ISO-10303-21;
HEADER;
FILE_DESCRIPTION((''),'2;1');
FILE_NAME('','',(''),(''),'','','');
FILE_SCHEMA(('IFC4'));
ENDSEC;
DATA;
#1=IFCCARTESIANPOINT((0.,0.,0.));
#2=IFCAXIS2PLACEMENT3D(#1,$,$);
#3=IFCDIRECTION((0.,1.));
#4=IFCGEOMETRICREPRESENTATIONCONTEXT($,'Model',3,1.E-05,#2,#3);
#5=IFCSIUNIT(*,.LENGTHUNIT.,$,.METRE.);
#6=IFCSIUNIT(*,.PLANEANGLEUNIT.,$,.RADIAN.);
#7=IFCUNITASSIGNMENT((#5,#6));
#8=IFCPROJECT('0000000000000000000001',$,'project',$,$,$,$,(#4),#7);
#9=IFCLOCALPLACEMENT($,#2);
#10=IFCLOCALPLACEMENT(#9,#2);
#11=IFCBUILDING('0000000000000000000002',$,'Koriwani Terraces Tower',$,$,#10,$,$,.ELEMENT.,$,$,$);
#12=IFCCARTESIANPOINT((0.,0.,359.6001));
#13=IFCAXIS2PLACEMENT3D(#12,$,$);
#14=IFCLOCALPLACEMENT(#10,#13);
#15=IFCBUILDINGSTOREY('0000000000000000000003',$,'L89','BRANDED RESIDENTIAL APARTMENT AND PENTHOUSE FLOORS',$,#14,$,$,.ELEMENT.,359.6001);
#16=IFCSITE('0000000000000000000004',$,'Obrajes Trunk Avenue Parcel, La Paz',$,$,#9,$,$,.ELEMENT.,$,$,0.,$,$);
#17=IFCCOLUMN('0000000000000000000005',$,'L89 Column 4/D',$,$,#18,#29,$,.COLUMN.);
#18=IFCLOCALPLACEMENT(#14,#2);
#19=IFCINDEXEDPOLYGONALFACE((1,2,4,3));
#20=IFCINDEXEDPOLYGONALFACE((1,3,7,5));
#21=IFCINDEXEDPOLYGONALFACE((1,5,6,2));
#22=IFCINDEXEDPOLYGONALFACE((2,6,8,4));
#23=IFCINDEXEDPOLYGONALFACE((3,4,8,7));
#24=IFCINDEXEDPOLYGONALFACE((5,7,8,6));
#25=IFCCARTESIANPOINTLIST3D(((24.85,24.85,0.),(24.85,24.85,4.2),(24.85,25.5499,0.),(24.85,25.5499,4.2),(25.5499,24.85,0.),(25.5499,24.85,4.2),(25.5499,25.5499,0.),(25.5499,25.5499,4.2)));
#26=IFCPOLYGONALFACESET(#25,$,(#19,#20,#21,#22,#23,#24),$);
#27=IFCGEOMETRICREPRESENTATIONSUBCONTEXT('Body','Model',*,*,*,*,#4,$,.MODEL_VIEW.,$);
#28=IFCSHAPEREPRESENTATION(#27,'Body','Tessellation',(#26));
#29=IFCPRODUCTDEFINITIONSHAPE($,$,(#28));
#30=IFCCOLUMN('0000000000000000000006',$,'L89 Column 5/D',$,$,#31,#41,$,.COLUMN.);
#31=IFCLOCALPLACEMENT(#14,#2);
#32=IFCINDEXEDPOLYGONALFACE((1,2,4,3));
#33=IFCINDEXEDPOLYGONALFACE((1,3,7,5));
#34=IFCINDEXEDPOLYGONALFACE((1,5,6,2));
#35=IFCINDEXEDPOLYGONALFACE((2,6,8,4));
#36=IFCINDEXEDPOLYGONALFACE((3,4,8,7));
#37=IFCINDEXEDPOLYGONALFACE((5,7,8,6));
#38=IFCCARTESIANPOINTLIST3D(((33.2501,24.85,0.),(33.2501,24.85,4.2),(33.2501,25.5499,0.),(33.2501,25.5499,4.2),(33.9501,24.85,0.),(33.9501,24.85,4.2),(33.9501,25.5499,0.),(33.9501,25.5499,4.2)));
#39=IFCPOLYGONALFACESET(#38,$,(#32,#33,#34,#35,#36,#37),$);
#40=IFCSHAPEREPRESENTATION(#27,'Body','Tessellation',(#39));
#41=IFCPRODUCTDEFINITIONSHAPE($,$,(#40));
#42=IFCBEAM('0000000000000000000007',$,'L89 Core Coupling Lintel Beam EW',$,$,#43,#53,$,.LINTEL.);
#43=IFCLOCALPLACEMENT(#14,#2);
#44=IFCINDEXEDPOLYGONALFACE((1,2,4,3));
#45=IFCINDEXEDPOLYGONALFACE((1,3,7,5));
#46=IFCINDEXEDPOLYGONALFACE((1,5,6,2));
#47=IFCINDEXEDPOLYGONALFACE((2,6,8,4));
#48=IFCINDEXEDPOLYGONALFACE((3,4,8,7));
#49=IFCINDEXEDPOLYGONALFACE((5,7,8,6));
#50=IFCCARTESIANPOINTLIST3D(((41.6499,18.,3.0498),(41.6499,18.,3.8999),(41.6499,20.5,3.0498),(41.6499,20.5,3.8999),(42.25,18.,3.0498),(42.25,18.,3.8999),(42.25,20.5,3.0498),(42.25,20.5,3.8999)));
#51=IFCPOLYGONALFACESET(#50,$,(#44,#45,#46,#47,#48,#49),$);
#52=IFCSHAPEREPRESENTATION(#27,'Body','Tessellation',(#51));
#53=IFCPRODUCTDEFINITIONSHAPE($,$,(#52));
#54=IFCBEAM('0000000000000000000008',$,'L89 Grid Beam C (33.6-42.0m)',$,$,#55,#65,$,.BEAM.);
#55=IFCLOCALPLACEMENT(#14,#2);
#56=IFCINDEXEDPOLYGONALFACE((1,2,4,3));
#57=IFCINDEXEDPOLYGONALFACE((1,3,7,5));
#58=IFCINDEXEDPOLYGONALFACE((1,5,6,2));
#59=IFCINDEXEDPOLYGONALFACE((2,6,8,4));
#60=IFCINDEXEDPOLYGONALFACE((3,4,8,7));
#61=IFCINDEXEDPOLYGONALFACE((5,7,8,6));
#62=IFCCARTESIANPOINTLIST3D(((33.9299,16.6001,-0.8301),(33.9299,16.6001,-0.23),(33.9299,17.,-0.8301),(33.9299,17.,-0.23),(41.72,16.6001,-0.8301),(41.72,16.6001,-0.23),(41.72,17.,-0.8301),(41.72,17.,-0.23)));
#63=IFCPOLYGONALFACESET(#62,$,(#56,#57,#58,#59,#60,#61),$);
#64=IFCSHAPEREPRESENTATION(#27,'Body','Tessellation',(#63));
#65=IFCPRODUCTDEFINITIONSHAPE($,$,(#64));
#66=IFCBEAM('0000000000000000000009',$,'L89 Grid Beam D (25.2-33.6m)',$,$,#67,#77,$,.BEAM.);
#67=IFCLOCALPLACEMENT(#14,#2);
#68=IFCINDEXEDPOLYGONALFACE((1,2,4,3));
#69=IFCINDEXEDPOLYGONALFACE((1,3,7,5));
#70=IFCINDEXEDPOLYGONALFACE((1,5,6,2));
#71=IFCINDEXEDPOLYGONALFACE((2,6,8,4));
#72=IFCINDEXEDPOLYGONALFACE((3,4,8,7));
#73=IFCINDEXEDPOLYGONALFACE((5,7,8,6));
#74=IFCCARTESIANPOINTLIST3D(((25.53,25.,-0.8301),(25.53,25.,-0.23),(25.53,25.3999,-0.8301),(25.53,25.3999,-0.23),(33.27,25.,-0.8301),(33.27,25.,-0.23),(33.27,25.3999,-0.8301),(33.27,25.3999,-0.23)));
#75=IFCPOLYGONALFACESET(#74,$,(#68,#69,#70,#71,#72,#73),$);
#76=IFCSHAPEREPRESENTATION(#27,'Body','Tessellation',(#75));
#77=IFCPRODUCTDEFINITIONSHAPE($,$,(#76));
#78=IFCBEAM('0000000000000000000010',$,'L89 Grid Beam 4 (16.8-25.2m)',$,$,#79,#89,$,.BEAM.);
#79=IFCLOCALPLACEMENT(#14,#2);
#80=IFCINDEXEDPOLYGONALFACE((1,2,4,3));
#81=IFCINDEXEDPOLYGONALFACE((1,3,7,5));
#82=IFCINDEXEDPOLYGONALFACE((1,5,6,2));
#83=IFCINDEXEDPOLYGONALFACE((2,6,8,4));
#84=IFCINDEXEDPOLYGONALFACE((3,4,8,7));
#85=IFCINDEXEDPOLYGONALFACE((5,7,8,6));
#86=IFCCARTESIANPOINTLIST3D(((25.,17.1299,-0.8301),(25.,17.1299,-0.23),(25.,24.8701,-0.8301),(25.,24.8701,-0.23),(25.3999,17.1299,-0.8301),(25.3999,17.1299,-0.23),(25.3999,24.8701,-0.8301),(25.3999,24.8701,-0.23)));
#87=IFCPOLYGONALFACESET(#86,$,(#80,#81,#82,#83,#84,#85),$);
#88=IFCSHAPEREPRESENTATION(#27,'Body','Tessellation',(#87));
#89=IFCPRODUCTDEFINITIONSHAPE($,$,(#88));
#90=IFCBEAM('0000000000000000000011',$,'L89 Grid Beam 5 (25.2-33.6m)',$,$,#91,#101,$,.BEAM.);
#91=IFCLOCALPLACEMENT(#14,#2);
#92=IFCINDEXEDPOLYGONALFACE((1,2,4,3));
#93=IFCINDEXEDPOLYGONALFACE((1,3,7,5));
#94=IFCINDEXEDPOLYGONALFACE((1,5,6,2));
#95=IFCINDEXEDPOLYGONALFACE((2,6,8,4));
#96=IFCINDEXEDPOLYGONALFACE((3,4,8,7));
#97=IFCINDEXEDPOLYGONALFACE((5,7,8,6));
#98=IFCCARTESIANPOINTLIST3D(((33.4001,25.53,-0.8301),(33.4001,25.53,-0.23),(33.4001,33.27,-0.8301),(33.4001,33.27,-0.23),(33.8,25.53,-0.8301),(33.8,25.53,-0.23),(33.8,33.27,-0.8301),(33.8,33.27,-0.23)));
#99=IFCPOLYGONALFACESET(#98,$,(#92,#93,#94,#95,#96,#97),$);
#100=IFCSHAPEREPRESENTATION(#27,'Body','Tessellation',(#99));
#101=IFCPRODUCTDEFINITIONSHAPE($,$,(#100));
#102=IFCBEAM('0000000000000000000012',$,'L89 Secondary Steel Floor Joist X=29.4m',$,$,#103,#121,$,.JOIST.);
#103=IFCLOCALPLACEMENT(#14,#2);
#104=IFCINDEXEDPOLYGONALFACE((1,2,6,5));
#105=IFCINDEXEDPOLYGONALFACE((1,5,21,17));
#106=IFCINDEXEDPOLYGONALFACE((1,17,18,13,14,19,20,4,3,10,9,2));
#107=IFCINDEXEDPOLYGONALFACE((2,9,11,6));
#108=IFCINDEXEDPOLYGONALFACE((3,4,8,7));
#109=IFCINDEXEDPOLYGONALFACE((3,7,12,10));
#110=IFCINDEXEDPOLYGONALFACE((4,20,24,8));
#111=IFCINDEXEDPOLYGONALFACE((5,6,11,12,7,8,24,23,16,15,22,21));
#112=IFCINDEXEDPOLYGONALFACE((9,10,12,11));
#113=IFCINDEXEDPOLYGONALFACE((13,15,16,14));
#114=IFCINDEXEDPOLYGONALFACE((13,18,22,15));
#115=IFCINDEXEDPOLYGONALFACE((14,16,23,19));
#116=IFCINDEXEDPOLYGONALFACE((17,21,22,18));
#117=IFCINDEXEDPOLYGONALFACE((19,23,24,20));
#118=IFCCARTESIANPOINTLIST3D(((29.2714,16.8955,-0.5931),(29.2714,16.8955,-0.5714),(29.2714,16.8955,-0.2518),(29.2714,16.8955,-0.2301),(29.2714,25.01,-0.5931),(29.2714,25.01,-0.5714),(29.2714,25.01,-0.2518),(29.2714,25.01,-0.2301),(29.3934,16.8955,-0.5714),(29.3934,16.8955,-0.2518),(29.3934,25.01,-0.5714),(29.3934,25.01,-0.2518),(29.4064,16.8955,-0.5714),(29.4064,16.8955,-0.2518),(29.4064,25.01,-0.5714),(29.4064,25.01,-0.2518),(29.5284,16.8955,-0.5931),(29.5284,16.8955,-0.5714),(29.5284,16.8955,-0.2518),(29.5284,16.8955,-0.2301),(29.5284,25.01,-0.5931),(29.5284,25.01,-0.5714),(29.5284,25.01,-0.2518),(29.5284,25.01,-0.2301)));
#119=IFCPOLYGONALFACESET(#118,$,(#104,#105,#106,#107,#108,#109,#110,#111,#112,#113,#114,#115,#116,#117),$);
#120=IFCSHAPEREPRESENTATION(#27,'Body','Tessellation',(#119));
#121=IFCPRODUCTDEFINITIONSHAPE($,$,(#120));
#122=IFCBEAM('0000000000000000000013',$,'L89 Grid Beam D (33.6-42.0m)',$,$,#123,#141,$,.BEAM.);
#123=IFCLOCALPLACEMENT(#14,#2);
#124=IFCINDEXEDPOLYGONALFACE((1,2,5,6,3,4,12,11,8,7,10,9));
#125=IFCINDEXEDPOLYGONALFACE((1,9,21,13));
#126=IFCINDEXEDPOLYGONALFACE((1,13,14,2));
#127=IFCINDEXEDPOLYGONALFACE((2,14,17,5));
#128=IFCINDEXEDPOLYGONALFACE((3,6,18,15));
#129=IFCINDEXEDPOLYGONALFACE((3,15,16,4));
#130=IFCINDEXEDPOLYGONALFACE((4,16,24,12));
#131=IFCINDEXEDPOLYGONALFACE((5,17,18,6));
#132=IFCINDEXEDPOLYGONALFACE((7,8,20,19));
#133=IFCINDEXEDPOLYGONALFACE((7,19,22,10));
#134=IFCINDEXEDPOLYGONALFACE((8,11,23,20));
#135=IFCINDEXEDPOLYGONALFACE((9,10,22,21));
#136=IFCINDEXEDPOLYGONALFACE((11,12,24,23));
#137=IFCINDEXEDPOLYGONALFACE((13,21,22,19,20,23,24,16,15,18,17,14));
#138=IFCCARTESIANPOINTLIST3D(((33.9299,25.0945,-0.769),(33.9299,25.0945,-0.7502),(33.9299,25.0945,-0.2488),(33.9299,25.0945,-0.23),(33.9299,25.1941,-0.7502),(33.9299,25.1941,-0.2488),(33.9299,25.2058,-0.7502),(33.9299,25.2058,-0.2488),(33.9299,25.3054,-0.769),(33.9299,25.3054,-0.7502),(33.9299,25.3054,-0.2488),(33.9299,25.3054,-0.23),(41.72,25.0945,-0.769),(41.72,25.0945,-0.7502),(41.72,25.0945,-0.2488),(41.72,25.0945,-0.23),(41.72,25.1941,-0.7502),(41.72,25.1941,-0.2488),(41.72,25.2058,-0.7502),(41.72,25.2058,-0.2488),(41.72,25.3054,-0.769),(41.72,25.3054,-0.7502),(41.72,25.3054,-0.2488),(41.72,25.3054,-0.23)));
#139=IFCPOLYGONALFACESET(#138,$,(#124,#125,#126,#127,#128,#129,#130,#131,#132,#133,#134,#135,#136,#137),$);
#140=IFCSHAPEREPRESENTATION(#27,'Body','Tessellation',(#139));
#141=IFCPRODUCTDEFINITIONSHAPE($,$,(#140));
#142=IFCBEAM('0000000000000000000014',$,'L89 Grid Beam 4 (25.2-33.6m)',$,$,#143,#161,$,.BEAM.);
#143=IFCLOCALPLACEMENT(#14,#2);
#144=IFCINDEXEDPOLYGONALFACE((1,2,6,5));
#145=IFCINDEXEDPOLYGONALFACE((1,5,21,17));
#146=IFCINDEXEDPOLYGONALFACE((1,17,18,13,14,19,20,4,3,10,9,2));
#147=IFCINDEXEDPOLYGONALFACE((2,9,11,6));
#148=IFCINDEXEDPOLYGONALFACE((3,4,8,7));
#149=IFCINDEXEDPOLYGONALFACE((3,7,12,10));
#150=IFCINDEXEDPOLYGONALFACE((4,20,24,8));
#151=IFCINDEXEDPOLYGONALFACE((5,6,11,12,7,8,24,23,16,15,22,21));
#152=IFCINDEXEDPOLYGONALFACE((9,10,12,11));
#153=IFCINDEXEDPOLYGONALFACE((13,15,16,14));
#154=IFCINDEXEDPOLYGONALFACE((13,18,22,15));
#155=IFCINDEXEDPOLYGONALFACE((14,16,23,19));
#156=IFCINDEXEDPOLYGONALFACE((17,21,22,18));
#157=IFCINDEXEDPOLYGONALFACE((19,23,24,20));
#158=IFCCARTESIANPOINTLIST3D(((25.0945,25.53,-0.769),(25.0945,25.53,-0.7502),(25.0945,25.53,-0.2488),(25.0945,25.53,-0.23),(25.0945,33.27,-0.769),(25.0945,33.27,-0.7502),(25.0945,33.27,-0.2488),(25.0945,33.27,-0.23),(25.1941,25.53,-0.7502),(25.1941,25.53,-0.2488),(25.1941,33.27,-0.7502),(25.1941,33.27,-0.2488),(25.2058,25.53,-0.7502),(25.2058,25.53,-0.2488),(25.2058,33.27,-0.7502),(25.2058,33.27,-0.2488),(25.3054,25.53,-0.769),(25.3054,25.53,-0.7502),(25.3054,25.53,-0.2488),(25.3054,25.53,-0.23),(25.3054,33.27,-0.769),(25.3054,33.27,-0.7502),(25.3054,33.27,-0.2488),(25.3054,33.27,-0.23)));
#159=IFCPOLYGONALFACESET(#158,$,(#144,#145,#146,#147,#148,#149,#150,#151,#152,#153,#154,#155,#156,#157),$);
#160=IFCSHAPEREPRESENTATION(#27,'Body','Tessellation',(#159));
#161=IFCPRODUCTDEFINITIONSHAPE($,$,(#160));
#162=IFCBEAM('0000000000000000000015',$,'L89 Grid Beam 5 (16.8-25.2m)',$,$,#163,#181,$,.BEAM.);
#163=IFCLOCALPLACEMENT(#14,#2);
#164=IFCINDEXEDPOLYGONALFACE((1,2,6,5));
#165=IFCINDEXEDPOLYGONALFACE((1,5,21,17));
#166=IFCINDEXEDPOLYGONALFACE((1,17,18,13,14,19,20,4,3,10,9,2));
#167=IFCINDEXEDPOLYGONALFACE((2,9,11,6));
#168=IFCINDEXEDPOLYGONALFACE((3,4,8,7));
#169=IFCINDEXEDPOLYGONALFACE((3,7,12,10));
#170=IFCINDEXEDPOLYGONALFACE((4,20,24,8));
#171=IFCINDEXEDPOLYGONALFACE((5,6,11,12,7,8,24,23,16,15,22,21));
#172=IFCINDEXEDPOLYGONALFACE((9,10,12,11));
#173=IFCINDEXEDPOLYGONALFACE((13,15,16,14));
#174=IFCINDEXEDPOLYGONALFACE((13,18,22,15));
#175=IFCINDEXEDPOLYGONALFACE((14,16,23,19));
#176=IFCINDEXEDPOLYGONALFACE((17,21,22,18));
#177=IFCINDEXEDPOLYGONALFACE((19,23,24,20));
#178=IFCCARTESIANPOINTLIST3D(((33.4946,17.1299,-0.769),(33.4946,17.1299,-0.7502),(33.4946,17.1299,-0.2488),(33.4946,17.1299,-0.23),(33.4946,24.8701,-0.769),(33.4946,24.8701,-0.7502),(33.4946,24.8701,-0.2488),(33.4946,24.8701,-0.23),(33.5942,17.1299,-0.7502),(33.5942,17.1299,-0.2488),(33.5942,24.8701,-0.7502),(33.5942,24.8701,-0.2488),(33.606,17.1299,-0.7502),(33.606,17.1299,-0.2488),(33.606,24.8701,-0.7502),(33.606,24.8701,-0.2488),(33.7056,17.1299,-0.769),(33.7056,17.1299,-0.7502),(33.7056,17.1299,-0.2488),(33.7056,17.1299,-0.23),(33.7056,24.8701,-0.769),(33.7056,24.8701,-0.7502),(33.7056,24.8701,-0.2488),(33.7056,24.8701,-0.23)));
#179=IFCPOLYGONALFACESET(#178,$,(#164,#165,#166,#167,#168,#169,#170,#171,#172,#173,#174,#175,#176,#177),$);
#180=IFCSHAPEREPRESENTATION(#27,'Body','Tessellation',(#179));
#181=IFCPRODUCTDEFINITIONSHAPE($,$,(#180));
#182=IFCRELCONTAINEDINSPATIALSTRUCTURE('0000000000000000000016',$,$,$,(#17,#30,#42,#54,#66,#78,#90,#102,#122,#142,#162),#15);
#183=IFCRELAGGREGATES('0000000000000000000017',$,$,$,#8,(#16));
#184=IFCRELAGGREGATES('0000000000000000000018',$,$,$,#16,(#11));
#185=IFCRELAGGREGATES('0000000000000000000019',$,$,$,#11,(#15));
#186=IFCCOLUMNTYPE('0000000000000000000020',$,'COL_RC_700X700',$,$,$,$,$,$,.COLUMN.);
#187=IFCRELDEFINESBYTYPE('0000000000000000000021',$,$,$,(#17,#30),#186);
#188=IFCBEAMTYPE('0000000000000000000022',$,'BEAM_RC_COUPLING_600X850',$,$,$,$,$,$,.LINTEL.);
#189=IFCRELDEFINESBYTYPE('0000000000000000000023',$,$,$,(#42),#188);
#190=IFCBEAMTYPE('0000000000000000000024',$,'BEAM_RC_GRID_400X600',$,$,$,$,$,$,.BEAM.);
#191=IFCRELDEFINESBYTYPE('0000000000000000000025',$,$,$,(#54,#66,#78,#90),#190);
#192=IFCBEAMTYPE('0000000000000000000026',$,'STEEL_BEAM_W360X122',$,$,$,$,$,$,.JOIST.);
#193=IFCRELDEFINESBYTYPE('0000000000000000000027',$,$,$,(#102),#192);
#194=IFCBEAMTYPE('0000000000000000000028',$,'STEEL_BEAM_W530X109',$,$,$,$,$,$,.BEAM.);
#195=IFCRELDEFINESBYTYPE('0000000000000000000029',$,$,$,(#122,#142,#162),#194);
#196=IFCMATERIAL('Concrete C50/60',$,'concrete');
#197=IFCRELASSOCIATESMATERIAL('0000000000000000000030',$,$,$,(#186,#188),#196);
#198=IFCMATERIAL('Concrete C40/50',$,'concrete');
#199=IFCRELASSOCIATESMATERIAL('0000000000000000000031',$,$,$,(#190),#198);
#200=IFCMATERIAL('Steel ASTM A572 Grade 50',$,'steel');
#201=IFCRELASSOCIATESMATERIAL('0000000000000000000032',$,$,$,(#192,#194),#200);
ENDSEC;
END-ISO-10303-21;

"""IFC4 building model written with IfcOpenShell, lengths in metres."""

from ifc_helpers import new_model, si_unit, direction, frame, origin, origin_2d, place, context, subcontext, project, spatial, rectangle, i_section, extrude, material, material_profile, profile_set, type_object, element, save


model = new_model("IFC4")

# Units and contexts
model_context = context("Model", 3, precision=1e-05, world=origin(), true_north=direction((0.0, 1.0)))
body_context = subcontext(model_context, "Body", "Model", "MODEL_VIEW")
ifc_project = project(units=[si_unit("LENGTHUNIT", "METRE"), si_unit("PLANEANGLEUNIT", "RADIAN")], contexts=[model_context])

# Site, building, storey
site_placement = place(None, origin())
site = spatial("IfcSite", under=ifc_project, at=site_placement, Name="Obrajes Trunk Avenue Parcel, La Paz", CompositionType="ELEMENT", RefElevation=0.0)
building_placement = place(site_placement, origin())
building = spatial("IfcBuilding", under=site, at=building_placement, Name="Koriwani Terraces Tower", CompositionType="ELEMENT")
storey_placement = place(building_placement, frame((0.0, 0.0, 359.6001)))
storey = spatial("IfcBuildingStorey", under=building, at=storey_placement, Name="L89", Description="BRANDED RESIDENTIAL APARTMENT AND PENTHOUSE FLOORS", CompositionType="ELEMENT", Elevation=359.6001)

# Columns
ifc_material_1 = material(Name="Concrete C50/60", Category="concrete")
ifc_material_profile_1 = material_profile(ifc_material_1, rectangle(XDim=0.7, YDim=0.7, at=origin_2d()), Name="Concrete C50/60", Category="LoadBearing")
ifc_profile_set_1 = profile_set([ifc_material_profile_1], Name="Concrete C50/60")
column_type = type_object("IfcColumnType", Name="COL_RC_700X700", PredefinedType="COLUMN", material=ifc_profile_set_1)
for number, where, z_axis, x_axis, name in (
    (1, (25.2, 25.2, 0.0), (0.0, 0.0, 1.0), (1.0, 0.0, 0.0), "L89 Column 4/D"),
    (2, (33.6001, 25.2, 0.0), (0.0, 0.0, 1.0), (1.0, 0.0, 0.0), "L89 Column 5/D"),
):
    element("IfcColumn", number, at=place(storey_placement, frame(where, z_axis=z_axis, x_axis=x_axis)), inside=storey, type_object=column_type, Name=name, PredefinedType="COLUMN", context=body_context, shape_type="SweptSolid", body=[
        extrude(rectangle(XDim=0.7, YDim=0.7, at=origin_2d()), origin(), (0.0, 0.0, 1.0), 4.2),
    ])

# Beams
ifc_material_profile_2 = material_profile(ifc_material_1, rectangle(XDim=0.6001, YDim=0.8501, at=origin_2d()), Name="Concrete C50/60", Category="LoadBearing")
ifc_profile_set_2 = profile_set([ifc_material_profile_2], Name="Concrete C50/60")
beam_type_1 = type_object("IfcBeamType", Name="BEAM_RC_COUPLING_600X850", PredefinedType="LINTEL", material=ifc_profile_set_2)
beam_1_placement = place(storey_placement, frame((41.95, 18.0, 3.4749), z_axis=(0.0, 1.0, 0.0), x_axis=(-1.0, 0.0, 0.0)))
element("IfcBeam", 3, at=beam_1_placement, inside=storey, type_object=beam_type_1, Name="L89 Core Coupling Lintel Beam EW", PredefinedType="LINTEL", context=body_context, shape_type="SweptSolid", body=[
    extrude(rectangle(XDim=0.6001, YDim=0.8501, at=origin_2d()), origin(), (0.0, 0.0, 1.0), 2.5),
])
ifc_material_2 = material(Name="Concrete C40/50", Category="concrete")
ifc_material_profile_3 = material_profile(ifc_material_2, rectangle(XDim=0.3999, YDim=0.6001, at=origin_2d()), Name="Concrete C40/50", Category="LoadBearing")
ifc_profile_set_3 = profile_set([ifc_material_profile_3], Name="Concrete C40/50")
beam_type_2 = type_object("IfcBeamType", Name="BEAM_RC_GRID_400X600", PredefinedType="BEAM", material=ifc_profile_set_3)
beam_2_placement = place(storey_placement, frame((33.9299, 16.8, -0.53), z_axis=(1.0, 0.0, 0.0), x_axis=(0.0, 1.0, 0.0)))
element("IfcBeam", 4, at=beam_2_placement, inside=storey, type_object=beam_type_2, Name="L89 Grid Beam C (33.6-42.0m)", PredefinedType="BEAM", context=body_context, shape_type="SweptSolid", body=[
    extrude(rectangle(XDim=0.3999, YDim=0.6001, at=origin_2d()), origin(), (0.0, 0.0, 1.0), 7.79),
])
beam_3_placement = place(storey_placement, frame((25.53, 25.2, -0.53), z_axis=(1.0, 0.0, 0.0), x_axis=(0.0, 1.0, 0.0)))
element("IfcBeam", 5, at=beam_3_placement, inside=storey, type_object=beam_type_2, Name="L89 Grid Beam D (25.2-33.6m)", PredefinedType="BEAM", context=body_context, shape_type="SweptSolid", body=[
    extrude(rectangle(XDim=0.3999, YDim=0.6001, at=origin_2d()), origin(), (0.0, 0.0, 1.0), 7.74),
])
beam_4_placement = place(storey_placement, frame((25.2, 17.1299, -0.53), z_axis=(0.0, 1.0, 0.0), x_axis=(-1.0, 0.0, 0.0)))
element("IfcBeam", 6, at=beam_4_placement, inside=storey, type_object=beam_type_2, Name="L89 Grid Beam 4 (16.8-25.2m)", PredefinedType="BEAM", context=body_context, shape_type="SweptSolid", body=[
    extrude(rectangle(XDim=0.3999, YDim=0.6001, at=origin_2d()), origin(), (0.0, 0.0, 1.0), 7.7402),
])
beam_5_placement = place(storey_placement, frame((33.6001, 25.53, -0.53), z_axis=(0.0, 1.0, 0.0), x_axis=(-1.0, 0.0, 0.0)))
element("IfcBeam", 7, at=beam_5_placement, inside=storey, type_object=beam_type_2, Name="L89 Grid Beam 5 (25.2-33.6m)", PredefinedType="BEAM", context=body_context, shape_type="SweptSolid", body=[
    extrude(rectangle(XDim=0.3999, YDim=0.6001, at=origin_2d()), origin(), (0.0, 0.0, 1.0), 7.74),
])
ifc_material_3 = material(Name="Steel ASTM A572 Grade 50", Category="steel")
ifc_material_profile_4 = material_profile(ifc_material_3, i_section(OverallWidth=0.2571, OverallDepth=0.363, WebThickness=0.0129, FlangeThickness=0.0217, at=origin_2d()), Name="Steel ASTM A572 Grade 50", Category="LoadBearing")
ifc_profile_set_4 = profile_set([ifc_material_profile_4], Name="Steel ASTM A572 Grade 50")
beam_type_3 = type_object("IfcBeamType", Name="STEEL_BEAM_W360X122", PredefinedType="JOIST", material=ifc_profile_set_4)
beam_6_placement = place(storey_placement, frame((29.3999, 16.8955, -0.4116), z_axis=(0.0, 1.0, 0.0), x_axis=(-1.0, 0.0, 0.0)))
element("IfcBeam", 8, at=beam_6_placement, inside=storey, type_object=beam_type_3, Name="L89 Secondary Steel Floor Joist X=29.4m", PredefinedType="JOIST", context=body_context, shape_type="SweptSolid", body=[
    extrude(i_section(OverallWidth=0.2571, OverallDepth=0.363, WebThickness=0.0129, FlangeThickness=0.0217, at=origin_2d()), origin(), (0.0, 0.0, 1.0), 8.1145),
])
ifc_material_profile_5 = material_profile(ifc_material_3, i_section(OverallWidth=0.2109, OverallDepth=0.5391, WebThickness=0.0117, FlangeThickness=0.0188, at=origin_2d()), Name="Steel ASTM A572 Grade 50", Category="LoadBearing")
ifc_profile_set_5 = profile_set([ifc_material_profile_5], Name="Steel ASTM A572 Grade 50")
beam_type_4 = type_object("IfcBeamType", Name="STEEL_BEAM_W530X109", PredefinedType="BEAM", material=ifc_profile_set_5)
beam_7_placement = place(storey_placement, frame((33.9299, 25.2, -0.4995), z_axis=(1.0, 0.0, 0.0), x_axis=(0.0, 1.0, 0.0)))
element("IfcBeam", 9, at=beam_7_placement, inside=storey, type_object=beam_type_4, Name="L89 Grid Beam D (33.6-42.0m)", PredefinedType="BEAM", context=body_context, shape_type="SweptSolid", body=[
    extrude(i_section(OverallWidth=0.2109, OverallDepth=0.5391, WebThickness=0.0117, FlangeThickness=0.0188, at=origin_2d()), origin(), (0.0, 0.0, 1.0), 7.79),
])
beam_8_placement = place(storey_placement, frame((25.2, 25.53, -0.4995), z_axis=(0.0, 1.0, 0.0), x_axis=(-1.0, 0.0, 0.0)))
element("IfcBeam", 10, at=beam_8_placement, inside=storey, type_object=beam_type_4, Name="L89 Grid Beam 4 (25.2-33.6m)", PredefinedType="BEAM", context=body_context, shape_type="SweptSolid", body=[
    extrude(i_section(OverallWidth=0.2109, OverallDepth=0.5391, WebThickness=0.0117, FlangeThickness=0.0188, at=origin_2d()), origin(), (0.0, 0.0, 1.0), 7.74),
])
beam_9_placement = place(storey_placement, frame((33.6001, 17.1299, -0.4995), z_axis=(0.0, 1.0, 0.0), x_axis=(-1.0, 0.0, 0.0)))
element("IfcBeam", 11, at=beam_9_placement, inside=storey, type_object=beam_type_4, Name="L89 Grid Beam 5 (16.8-25.2m)", PredefinedType="BEAM", context=body_context, shape_type="SweptSolid", body=[
    extrude(i_section(OverallWidth=0.2109, OverallDepth=0.5391, WebThickness=0.0117, FlangeThickness=0.0188, at=origin_2d()), origin(), (0.0, 0.0, 1.0), 7.7402),
])

save(model, "model.ifc")
